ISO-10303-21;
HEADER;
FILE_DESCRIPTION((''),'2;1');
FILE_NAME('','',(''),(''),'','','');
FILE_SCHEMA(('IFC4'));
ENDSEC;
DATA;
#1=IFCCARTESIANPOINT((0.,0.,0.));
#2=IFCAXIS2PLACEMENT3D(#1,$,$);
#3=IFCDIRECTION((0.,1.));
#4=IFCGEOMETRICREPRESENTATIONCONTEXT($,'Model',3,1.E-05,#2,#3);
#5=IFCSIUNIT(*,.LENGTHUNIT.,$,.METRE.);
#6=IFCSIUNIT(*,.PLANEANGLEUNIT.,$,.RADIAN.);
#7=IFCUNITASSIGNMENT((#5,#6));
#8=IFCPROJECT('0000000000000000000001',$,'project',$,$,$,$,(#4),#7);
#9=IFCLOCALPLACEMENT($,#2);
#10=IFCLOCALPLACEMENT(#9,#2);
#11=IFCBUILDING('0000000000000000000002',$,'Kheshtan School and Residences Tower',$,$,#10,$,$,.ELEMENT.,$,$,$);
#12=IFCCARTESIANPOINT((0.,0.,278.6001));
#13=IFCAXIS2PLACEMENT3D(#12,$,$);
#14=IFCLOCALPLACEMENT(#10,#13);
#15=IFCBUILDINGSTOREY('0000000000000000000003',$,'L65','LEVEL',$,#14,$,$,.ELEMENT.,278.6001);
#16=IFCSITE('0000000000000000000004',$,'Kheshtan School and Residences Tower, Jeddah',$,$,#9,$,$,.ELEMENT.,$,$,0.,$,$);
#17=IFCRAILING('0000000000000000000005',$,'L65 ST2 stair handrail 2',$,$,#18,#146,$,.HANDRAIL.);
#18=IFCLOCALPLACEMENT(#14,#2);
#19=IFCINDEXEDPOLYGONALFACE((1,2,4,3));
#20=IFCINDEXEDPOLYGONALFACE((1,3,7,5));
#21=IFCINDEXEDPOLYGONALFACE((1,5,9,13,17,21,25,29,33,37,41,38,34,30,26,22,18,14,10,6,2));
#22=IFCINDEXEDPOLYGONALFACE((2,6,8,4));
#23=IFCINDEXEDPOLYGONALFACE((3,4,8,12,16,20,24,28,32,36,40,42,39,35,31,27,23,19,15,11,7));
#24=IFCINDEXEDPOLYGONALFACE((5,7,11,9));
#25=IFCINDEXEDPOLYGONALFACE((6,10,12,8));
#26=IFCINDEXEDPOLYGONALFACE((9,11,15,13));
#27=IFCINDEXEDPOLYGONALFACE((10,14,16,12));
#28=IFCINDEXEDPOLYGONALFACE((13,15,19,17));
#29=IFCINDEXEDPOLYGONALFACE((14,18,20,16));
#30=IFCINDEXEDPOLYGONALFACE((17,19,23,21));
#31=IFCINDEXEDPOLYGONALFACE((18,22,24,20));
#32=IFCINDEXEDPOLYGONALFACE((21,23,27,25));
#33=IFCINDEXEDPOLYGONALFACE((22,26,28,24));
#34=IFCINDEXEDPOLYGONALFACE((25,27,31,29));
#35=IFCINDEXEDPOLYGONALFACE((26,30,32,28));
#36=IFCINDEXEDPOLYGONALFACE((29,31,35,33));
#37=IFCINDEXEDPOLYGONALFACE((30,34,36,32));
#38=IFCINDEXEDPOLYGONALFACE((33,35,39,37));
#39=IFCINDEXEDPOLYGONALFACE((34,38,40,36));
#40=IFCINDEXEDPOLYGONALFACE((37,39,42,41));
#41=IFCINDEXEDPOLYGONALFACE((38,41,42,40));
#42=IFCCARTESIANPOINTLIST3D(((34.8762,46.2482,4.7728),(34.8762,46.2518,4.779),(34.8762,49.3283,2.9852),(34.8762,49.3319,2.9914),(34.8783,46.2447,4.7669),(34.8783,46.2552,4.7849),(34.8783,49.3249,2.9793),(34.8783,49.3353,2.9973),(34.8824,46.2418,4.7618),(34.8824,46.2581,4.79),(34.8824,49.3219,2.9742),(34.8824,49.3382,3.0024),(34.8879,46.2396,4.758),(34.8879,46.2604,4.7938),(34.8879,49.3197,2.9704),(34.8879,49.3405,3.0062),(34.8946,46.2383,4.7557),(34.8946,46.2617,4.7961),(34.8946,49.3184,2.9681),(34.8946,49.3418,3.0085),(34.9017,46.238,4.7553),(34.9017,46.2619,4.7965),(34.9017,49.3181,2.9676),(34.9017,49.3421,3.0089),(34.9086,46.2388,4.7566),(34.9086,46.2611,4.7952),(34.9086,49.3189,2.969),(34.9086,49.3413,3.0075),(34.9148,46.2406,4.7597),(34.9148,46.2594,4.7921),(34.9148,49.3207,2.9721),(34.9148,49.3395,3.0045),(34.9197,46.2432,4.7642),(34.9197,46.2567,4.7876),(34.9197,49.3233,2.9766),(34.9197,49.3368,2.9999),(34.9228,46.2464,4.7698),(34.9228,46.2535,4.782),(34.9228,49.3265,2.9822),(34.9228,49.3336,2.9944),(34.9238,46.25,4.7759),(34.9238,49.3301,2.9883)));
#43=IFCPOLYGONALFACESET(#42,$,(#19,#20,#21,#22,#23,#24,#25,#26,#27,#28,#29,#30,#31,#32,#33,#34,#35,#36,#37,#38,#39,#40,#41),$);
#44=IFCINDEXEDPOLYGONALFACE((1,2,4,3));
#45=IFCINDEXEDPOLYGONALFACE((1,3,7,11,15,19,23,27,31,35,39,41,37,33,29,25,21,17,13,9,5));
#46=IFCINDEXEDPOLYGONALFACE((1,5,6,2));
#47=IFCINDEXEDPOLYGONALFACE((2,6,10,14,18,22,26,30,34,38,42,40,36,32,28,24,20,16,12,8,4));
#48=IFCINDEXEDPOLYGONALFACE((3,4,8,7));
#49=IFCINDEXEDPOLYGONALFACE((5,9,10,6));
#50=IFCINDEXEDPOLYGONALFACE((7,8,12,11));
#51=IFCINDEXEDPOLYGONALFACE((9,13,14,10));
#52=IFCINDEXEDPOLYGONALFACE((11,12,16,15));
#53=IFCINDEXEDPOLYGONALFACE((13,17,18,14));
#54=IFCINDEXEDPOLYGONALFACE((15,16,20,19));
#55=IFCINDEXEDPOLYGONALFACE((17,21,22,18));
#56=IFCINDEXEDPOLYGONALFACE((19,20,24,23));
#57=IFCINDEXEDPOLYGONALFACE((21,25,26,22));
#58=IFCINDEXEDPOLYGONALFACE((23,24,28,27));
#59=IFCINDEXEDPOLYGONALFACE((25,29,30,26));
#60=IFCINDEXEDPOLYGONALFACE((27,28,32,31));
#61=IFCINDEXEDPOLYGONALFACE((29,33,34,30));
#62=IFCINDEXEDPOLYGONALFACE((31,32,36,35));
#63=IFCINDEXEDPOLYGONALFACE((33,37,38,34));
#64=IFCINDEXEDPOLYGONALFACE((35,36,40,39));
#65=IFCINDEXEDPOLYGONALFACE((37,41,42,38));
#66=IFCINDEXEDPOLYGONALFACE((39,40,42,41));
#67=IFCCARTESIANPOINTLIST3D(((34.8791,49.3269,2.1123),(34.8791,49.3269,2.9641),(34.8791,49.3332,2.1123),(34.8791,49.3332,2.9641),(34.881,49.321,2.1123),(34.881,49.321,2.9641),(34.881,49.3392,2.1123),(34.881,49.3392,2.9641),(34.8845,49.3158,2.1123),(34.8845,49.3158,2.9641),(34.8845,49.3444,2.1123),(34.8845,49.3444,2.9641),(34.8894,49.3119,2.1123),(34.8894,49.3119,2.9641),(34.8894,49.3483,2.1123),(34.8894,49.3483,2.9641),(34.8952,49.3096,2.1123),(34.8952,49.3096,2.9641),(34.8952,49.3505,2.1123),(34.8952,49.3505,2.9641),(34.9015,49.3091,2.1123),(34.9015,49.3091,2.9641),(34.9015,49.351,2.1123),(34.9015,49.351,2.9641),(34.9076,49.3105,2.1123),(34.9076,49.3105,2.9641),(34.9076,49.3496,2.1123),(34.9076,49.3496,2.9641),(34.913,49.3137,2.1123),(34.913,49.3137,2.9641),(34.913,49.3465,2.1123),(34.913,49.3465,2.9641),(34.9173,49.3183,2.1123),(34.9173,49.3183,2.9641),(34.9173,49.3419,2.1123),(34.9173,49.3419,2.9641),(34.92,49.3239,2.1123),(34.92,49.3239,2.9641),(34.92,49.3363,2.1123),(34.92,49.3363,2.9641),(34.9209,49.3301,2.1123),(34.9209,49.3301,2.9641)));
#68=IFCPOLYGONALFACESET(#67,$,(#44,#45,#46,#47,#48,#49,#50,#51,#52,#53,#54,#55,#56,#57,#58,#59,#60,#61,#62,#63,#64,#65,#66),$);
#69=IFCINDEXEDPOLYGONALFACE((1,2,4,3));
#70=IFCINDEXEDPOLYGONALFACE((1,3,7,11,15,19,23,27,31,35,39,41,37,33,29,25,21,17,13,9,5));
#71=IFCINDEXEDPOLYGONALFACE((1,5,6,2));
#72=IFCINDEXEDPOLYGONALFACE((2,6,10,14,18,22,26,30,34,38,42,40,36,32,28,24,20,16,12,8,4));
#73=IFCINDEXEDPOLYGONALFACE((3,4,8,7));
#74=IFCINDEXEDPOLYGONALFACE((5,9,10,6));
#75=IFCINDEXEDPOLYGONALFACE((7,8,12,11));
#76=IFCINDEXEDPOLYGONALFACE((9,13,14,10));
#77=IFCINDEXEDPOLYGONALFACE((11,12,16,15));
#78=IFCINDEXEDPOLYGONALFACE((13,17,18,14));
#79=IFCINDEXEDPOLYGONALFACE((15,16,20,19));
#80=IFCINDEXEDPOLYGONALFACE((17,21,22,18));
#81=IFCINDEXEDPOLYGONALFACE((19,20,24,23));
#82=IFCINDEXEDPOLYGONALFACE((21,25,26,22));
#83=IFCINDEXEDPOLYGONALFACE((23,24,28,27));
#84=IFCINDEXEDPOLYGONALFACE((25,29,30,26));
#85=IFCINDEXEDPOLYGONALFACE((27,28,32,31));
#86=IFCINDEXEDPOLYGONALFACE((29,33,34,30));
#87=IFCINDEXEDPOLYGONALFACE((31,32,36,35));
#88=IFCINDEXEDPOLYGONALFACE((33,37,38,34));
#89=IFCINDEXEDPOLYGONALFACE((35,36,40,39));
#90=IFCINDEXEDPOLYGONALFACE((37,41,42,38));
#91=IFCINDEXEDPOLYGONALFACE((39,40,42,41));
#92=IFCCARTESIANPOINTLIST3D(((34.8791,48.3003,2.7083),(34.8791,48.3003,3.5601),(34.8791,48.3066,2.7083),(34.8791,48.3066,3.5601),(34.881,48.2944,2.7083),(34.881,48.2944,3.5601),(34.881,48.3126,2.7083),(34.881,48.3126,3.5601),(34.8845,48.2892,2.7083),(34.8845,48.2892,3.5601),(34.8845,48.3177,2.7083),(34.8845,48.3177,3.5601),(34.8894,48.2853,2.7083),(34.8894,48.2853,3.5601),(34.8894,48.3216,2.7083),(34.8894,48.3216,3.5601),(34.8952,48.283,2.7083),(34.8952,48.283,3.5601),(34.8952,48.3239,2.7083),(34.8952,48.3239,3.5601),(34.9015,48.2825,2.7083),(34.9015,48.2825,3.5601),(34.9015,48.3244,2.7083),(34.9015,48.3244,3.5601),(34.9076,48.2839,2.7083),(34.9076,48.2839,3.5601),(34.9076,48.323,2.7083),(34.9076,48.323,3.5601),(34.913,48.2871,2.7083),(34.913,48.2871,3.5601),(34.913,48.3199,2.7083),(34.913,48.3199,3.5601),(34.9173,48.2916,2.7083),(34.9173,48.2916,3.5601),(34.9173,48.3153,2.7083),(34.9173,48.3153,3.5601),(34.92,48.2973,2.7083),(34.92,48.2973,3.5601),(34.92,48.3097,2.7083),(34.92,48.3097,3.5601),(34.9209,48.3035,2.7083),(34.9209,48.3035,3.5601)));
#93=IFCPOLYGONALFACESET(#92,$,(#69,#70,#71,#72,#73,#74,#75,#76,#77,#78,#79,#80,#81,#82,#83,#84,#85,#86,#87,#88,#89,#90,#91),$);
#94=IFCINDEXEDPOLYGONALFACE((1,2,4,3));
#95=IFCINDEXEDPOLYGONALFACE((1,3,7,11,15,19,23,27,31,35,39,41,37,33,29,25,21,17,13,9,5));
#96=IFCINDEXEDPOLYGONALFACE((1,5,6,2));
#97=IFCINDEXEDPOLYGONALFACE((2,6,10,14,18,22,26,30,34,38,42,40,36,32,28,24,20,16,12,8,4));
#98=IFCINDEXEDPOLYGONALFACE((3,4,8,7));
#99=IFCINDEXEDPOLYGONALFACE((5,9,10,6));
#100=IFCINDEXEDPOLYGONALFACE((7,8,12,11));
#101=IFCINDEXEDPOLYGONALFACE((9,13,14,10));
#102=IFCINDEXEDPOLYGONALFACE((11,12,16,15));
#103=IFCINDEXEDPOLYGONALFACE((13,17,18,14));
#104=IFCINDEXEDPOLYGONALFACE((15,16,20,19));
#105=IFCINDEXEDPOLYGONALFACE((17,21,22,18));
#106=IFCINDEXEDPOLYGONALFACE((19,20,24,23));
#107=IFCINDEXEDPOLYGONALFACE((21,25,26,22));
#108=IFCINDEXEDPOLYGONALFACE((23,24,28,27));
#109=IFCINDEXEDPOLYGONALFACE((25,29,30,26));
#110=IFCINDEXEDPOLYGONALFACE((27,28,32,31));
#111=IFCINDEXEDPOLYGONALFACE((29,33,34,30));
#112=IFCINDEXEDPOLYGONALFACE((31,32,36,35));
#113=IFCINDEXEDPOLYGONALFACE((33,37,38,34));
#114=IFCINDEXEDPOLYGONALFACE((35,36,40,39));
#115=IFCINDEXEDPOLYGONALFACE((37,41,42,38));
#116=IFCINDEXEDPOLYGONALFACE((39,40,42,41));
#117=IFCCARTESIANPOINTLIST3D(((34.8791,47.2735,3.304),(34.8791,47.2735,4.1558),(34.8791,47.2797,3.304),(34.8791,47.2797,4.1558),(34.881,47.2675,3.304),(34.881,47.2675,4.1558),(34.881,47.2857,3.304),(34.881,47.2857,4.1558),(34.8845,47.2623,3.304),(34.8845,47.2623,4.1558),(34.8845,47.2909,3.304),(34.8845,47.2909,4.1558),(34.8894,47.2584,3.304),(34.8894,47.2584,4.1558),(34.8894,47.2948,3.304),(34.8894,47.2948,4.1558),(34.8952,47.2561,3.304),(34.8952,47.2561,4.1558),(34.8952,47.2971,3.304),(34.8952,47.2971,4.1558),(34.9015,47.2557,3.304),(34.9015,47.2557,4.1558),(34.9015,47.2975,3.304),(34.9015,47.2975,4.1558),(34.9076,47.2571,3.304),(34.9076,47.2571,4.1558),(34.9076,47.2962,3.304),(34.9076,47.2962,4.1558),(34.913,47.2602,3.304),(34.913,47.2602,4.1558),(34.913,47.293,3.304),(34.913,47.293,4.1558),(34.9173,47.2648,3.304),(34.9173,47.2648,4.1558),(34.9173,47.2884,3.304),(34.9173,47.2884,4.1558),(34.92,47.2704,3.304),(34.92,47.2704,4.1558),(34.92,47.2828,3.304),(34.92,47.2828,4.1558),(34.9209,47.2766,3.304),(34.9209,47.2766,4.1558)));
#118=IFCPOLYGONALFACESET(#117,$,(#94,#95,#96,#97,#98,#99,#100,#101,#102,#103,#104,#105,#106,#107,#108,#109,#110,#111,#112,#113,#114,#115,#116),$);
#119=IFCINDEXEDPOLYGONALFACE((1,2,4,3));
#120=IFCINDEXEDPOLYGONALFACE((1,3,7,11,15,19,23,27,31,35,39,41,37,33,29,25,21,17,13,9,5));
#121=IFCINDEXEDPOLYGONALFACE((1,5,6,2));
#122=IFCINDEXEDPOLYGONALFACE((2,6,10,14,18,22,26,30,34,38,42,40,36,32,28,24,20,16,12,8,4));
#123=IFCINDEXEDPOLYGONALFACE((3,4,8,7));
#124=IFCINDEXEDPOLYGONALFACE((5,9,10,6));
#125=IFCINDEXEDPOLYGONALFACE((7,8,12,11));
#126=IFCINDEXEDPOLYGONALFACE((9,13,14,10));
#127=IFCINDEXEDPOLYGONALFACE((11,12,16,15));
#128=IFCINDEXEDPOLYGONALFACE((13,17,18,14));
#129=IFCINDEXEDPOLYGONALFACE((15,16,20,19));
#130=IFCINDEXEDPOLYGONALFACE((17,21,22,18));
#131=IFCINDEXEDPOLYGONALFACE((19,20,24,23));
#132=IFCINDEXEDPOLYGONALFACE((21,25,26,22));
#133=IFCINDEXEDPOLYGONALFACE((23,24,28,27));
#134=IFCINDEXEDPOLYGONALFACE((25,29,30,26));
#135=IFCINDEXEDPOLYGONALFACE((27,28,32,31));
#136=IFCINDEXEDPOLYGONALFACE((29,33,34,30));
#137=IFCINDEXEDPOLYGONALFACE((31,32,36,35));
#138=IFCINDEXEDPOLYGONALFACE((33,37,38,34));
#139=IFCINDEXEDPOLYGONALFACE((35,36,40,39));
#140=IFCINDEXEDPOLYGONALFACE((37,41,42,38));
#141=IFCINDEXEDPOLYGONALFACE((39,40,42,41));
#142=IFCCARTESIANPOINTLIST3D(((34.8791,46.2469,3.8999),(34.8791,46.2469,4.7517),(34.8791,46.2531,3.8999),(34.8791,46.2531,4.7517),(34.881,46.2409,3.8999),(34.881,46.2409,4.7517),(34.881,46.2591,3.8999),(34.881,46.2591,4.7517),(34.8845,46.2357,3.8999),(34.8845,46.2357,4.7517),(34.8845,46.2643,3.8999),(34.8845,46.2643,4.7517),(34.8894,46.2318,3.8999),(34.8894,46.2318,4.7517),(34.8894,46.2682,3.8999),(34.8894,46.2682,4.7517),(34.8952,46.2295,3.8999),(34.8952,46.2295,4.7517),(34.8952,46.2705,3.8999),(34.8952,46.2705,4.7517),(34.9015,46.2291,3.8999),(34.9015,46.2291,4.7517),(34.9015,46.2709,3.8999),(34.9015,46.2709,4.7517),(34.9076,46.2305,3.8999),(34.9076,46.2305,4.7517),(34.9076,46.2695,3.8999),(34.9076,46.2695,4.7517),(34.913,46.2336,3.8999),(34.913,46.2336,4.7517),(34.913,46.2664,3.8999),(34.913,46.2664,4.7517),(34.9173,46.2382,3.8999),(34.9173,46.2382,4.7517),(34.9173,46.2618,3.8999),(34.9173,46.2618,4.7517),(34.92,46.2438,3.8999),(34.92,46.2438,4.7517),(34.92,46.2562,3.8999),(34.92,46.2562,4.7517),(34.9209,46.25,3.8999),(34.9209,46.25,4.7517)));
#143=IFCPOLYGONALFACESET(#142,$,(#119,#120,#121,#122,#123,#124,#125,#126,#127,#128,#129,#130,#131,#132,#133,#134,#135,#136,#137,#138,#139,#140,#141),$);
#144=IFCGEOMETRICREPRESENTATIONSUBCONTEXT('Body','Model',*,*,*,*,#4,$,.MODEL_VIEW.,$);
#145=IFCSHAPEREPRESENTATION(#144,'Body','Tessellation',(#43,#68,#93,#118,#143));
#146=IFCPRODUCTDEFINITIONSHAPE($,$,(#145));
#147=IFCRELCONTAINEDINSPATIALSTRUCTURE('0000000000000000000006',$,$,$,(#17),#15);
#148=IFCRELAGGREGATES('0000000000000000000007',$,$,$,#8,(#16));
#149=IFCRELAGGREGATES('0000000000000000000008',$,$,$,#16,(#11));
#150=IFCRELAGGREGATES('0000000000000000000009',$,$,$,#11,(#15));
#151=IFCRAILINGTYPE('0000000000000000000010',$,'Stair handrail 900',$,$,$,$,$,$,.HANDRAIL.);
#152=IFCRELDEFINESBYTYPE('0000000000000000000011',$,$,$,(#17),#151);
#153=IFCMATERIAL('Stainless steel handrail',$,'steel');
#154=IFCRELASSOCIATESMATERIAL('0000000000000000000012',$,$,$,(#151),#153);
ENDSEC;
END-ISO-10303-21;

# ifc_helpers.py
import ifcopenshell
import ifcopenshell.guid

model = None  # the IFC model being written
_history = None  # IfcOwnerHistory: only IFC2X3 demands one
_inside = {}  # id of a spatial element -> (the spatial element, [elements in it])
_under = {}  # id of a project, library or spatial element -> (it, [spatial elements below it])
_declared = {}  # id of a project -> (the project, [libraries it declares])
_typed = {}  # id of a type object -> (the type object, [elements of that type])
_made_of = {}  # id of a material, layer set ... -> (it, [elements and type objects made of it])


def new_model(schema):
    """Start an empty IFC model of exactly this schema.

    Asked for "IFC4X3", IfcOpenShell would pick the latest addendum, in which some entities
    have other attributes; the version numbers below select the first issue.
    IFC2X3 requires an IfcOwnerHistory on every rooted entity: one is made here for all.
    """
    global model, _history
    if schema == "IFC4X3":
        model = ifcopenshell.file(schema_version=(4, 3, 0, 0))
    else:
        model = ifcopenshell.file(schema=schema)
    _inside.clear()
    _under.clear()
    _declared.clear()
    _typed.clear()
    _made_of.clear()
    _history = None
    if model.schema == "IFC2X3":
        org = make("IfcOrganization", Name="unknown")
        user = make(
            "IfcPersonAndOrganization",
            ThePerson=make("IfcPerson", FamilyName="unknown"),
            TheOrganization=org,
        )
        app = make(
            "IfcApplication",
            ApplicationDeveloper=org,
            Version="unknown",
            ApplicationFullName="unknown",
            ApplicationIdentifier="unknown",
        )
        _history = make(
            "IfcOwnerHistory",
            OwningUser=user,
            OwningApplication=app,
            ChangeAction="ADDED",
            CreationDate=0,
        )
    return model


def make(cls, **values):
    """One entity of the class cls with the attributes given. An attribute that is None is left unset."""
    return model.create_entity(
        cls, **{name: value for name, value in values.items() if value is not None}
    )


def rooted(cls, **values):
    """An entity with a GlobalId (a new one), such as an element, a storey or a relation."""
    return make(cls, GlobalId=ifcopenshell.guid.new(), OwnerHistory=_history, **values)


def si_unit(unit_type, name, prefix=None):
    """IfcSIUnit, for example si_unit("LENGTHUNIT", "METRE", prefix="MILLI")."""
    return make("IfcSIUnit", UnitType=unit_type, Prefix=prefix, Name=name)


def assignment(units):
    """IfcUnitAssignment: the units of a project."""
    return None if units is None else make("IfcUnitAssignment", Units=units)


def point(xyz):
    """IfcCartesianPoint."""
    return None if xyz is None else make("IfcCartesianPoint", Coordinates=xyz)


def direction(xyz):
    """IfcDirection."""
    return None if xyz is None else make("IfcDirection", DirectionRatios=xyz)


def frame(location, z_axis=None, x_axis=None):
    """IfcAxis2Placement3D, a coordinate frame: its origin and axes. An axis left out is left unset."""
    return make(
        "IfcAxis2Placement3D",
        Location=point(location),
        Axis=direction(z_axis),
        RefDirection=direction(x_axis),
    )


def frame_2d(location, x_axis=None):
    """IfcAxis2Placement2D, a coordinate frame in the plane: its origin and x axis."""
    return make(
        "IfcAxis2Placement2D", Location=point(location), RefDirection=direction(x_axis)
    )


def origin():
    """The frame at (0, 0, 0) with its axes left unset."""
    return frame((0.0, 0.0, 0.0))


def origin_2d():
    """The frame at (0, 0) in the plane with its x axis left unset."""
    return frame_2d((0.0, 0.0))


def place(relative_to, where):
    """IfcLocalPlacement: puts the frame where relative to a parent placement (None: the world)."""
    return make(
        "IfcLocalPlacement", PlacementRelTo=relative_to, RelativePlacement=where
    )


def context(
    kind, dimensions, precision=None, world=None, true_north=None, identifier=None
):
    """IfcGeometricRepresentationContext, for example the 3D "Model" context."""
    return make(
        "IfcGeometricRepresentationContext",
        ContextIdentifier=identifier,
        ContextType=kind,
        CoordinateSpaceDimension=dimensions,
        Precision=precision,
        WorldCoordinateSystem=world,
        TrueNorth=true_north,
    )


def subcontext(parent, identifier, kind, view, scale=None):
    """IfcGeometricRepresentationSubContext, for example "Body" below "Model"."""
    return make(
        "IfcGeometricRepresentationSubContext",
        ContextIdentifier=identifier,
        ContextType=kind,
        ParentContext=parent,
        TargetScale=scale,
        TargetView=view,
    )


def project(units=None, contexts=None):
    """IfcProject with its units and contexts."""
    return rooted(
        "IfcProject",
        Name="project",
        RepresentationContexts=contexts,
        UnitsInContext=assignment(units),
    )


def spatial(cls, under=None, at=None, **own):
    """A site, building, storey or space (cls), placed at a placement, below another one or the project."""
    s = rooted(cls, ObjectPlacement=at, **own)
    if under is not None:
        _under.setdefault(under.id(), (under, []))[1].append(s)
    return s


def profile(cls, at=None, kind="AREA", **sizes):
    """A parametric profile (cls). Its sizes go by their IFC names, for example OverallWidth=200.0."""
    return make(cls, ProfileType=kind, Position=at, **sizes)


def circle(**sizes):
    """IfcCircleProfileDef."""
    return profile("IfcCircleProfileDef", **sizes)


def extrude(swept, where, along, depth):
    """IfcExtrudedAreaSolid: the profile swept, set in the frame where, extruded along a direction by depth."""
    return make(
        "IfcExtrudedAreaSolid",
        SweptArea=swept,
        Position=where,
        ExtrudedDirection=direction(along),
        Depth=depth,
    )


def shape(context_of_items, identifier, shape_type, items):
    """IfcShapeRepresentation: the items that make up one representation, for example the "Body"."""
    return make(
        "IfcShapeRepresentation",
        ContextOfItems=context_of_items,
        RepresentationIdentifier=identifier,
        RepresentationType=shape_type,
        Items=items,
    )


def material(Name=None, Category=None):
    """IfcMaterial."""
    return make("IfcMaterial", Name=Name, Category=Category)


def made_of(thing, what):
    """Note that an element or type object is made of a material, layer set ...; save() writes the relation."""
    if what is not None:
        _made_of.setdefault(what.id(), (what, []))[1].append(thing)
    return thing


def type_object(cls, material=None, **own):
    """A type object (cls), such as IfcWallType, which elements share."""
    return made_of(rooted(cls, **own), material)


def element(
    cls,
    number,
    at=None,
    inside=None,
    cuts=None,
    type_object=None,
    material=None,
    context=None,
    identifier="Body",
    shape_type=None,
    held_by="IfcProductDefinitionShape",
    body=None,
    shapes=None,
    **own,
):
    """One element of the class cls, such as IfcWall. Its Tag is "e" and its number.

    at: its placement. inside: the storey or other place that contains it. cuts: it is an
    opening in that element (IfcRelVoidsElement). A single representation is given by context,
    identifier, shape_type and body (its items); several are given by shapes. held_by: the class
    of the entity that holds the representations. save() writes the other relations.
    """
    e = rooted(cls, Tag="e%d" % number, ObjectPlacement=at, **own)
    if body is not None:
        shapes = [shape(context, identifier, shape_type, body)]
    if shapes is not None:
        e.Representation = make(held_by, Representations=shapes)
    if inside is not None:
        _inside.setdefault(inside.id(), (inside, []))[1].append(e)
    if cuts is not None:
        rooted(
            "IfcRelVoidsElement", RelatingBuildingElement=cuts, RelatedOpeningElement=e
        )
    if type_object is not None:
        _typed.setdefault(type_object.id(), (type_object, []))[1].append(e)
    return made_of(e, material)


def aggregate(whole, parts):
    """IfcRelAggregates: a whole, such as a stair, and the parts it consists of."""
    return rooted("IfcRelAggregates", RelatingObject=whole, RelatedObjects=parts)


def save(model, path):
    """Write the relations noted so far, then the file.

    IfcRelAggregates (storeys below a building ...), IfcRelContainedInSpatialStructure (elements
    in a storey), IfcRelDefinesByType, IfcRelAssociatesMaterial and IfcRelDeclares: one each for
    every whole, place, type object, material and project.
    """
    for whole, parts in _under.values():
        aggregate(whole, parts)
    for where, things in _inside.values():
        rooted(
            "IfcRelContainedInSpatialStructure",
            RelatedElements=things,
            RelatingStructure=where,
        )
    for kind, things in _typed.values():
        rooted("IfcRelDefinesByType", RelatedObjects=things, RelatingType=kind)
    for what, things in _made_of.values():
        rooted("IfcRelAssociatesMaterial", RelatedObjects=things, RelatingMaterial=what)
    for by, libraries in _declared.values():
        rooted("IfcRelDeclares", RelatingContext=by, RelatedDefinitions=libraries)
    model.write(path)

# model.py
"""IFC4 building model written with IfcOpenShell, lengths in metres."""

from ifc_helpers import new_model, si_unit, direction, frame, origin, origin_2d, place, context, subcontext, project, spatial, circle, extrude, material, type_object, element, save


model = new_model("IFC4")

# Units and contexts
model_context = context("Model", 3, precision=1e-05, world=origin(), true_north=direction((0.0, 1.0)))
body_context = subcontext(model_context, "Body", "Model", "MODEL_VIEW")
ifc_project = project(units=[si_unit("LENGTHUNIT", "METRE"), si_unit("PLANEANGLEUNIT", "RADIAN")], contexts=[model_context])

# Site, building, storey
site_placement = place(None, origin())
site = spatial("IfcSite", under=ifc_project, at=site_placement, Name="Kheshtan School and Residences Tower, Jeddah", CompositionType="ELEMENT", RefElevation=0.0)
building_placement = place(site_placement, origin())
building = spatial("IfcBuilding", under=site, at=building_placement, Name="Kheshtan School and Residences Tower", CompositionType="ELEMENT")
storey_placement = place(building_placement, frame((0.0, 0.0, 278.6001)))
storey = spatial("IfcBuildingStorey", under=building, at=storey_placement, Name="L65", Description="LEVEL", CompositionType="ELEMENT", Elevation=278.6001)

# Railing
ifc_material_1 = material(Name="Stainless steel handrail", Category="steel")
railing_type_1 = type_object("IfcRailingType", Name="Stair handrail 900", PredefinedType="HANDRAIL", material=ifc_material_1)
railing_1_placement = place(storey_placement, frame((34.8999, 49.3301, 2.1123)))
element("IfcRailing", 1, at=railing_1_placement, inside=storey, type_object=railing_type_1, Name="L65 ST2 stair handrail 2", PredefinedType="HANDRAIL", context=body_context, shape_type="SweptSolid", body=[
    extrude(circle(Radius=0.0239, at=origin_2d()), frame((0.0, 0.0, 0.876), z_axis=(0.0, -0.864891, 0.50196), x_axis=(1.0, 0.0, 0.0)), (0.0, 0.0, 1.0), 3.5613),
    extrude(circle(Radius=0.021, at=origin_2d()), origin(), (0.0, 0.0, 1.0), 0.8518),
    extrude(circle(Radius=0.021, at=origin_2d()), frame((0.0, -1.0266, 0.5959)), (0.0, 0.0, 1.0), 0.8518),
    extrude(circle(Radius=0.021, at=origin_2d()), frame((0.0, -2.0535, 1.1917)), (0.0, 0.0, 1.0), 0.8518),
    extrude(circle(Radius=0.021, at=origin_2d()), frame((0.0, -3.0801, 1.7876)), (0.0, 0.0, 1.0), 0.8518),
])

save(model, "model.ifc")
